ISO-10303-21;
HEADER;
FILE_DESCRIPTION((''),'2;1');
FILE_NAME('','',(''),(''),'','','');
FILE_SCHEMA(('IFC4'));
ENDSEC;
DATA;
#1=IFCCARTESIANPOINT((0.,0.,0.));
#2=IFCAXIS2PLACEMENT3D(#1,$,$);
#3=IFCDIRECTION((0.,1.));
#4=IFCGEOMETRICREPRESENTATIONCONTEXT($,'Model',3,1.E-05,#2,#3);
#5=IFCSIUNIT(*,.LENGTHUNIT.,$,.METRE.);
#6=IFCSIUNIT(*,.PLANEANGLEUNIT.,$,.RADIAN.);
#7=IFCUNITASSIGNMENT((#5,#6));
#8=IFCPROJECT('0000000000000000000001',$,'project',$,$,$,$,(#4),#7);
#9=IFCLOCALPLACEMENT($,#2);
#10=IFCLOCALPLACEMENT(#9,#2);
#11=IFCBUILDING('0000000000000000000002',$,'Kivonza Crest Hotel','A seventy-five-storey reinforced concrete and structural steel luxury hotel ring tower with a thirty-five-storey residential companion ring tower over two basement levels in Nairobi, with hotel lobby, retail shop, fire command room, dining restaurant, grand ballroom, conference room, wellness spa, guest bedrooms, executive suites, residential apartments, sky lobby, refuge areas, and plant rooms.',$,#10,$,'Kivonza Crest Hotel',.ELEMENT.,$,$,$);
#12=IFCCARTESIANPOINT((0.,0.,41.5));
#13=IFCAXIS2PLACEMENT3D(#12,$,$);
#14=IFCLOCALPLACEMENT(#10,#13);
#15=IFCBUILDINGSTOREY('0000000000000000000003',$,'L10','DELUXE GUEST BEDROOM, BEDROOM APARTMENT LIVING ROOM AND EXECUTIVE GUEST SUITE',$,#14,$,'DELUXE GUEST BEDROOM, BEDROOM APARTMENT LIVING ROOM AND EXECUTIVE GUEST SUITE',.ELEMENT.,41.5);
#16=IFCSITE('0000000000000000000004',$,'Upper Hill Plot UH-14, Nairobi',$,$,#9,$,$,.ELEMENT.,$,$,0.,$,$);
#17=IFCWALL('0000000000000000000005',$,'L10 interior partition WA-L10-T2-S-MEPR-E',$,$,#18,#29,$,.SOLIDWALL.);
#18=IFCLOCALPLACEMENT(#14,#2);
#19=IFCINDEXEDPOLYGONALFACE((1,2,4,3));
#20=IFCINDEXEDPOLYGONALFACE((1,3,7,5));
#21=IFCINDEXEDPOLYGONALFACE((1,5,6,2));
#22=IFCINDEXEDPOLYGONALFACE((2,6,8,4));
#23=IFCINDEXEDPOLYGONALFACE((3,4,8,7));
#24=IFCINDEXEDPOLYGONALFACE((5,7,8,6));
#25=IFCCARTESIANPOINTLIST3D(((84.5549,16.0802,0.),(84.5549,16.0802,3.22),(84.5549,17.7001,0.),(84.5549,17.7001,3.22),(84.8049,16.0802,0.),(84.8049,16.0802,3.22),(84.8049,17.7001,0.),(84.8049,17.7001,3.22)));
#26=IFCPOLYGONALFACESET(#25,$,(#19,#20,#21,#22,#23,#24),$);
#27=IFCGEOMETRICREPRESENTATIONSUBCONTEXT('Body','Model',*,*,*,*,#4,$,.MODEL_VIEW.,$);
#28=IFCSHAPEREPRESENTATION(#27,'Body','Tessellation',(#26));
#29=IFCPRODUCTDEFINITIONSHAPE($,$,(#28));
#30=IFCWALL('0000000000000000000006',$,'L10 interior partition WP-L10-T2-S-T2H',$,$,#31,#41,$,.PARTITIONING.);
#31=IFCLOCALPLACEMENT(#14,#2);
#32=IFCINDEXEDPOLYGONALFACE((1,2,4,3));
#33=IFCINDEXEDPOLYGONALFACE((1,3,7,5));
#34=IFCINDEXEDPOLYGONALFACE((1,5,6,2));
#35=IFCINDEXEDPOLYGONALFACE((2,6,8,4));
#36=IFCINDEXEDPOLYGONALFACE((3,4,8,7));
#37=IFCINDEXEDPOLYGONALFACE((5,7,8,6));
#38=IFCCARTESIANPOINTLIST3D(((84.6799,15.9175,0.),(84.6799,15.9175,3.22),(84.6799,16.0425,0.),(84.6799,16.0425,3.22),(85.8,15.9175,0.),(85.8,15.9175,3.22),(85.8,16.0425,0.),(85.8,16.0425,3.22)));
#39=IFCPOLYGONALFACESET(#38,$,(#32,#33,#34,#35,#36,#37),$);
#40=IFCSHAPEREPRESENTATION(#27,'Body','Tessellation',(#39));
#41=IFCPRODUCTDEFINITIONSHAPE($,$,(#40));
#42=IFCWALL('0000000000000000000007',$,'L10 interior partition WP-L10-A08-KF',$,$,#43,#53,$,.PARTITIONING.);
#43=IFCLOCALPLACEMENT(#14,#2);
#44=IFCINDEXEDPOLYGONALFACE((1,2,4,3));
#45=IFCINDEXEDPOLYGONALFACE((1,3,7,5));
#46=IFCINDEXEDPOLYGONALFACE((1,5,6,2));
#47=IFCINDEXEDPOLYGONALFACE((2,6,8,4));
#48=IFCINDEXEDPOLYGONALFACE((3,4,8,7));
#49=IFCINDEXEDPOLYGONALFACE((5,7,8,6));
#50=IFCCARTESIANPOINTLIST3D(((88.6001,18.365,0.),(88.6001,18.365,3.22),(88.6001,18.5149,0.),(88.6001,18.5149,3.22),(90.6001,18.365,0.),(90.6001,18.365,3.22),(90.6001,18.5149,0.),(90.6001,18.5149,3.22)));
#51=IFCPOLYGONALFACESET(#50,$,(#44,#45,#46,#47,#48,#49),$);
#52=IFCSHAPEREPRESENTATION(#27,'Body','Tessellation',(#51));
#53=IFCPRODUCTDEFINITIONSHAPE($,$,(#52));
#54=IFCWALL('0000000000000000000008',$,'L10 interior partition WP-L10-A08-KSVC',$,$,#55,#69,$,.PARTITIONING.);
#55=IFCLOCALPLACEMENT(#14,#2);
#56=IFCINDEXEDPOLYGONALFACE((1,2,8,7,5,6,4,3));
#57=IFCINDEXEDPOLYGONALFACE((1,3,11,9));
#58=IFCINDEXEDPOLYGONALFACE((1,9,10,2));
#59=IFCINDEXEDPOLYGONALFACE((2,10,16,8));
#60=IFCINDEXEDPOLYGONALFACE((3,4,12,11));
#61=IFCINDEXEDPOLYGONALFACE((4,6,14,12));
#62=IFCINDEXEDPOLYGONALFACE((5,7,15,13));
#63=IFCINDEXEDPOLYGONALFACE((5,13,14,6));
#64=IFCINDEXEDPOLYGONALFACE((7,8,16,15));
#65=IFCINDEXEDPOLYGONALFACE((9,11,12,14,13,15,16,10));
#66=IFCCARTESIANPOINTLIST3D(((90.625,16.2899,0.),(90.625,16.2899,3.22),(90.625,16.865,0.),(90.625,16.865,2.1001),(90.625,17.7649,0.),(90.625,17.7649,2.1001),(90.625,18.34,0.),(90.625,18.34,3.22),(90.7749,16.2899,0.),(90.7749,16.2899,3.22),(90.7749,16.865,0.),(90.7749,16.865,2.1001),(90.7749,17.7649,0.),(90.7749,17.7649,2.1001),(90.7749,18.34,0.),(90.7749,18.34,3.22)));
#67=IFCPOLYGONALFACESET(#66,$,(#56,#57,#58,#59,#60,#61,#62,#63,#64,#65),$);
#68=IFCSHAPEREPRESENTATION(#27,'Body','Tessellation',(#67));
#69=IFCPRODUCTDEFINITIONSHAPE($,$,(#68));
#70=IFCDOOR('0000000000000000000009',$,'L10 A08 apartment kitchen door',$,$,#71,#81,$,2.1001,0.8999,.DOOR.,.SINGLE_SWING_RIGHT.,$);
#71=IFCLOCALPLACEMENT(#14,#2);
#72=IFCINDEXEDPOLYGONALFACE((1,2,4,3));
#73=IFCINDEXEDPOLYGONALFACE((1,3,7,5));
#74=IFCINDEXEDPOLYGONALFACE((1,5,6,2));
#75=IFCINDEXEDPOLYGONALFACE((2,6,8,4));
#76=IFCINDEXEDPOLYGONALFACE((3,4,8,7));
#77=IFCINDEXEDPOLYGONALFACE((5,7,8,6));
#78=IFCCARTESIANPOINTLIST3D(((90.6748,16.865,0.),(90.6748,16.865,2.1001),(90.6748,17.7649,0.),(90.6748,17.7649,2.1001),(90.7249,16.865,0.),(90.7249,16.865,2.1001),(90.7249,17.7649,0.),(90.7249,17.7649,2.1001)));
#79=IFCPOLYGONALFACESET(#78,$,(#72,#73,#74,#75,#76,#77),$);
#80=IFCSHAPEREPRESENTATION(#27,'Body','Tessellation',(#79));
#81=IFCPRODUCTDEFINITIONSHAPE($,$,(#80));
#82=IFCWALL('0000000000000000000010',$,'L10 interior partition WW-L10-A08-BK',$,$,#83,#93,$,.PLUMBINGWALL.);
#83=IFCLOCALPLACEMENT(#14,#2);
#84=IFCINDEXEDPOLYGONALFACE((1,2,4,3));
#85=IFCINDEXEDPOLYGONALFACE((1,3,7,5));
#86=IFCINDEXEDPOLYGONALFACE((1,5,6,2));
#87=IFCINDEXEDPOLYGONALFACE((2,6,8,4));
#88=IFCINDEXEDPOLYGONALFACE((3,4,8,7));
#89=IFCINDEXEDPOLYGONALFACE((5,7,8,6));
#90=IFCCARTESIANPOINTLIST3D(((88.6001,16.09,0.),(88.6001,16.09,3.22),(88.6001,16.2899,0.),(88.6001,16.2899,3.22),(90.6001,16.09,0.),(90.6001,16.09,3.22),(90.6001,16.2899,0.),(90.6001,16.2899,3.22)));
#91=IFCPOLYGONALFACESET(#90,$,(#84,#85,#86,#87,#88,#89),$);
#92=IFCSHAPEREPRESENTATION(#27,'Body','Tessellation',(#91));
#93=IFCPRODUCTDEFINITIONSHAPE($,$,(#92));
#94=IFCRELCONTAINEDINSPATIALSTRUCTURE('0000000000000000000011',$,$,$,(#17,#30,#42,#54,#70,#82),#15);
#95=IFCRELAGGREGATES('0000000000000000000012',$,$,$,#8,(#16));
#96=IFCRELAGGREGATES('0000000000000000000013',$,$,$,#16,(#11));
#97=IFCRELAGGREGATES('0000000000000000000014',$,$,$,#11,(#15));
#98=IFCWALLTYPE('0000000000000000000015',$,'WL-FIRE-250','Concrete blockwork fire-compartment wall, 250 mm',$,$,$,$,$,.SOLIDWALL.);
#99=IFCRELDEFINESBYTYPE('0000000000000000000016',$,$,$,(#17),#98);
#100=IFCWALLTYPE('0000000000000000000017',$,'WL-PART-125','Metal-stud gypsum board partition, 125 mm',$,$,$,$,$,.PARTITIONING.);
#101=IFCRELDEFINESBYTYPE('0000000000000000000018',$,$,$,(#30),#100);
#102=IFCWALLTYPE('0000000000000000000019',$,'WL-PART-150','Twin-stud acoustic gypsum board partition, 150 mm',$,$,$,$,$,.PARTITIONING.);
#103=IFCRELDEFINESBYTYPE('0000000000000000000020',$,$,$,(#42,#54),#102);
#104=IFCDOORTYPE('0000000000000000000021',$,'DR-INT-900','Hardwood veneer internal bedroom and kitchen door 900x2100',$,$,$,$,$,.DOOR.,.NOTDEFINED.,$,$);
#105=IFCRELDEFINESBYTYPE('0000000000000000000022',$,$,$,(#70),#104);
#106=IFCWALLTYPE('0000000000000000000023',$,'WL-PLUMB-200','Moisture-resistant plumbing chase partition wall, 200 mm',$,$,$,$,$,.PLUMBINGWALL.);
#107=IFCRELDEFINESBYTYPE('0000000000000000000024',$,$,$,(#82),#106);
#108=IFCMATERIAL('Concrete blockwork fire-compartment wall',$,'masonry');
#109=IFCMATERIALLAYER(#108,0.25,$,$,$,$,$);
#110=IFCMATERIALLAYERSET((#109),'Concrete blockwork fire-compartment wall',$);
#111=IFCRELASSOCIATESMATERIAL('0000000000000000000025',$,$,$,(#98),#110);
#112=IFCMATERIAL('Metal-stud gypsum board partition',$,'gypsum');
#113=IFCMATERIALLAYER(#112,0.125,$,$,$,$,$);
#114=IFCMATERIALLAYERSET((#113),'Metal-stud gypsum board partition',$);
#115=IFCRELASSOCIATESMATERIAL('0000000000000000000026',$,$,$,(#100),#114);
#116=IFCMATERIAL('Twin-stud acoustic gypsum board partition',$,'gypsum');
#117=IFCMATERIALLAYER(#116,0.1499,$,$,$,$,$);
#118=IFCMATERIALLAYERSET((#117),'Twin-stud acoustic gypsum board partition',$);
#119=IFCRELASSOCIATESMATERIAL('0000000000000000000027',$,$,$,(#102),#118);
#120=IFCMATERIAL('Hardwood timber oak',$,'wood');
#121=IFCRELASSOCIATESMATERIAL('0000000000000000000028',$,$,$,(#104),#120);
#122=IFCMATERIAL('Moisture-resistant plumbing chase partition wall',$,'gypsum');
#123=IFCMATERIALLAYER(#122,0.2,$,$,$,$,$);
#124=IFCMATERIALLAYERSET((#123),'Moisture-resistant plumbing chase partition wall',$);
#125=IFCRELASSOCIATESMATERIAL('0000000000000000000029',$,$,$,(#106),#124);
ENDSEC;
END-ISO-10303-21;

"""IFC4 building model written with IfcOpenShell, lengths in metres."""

from ifc_helpers import new_model, si_unit, direction, frame, frame_2d, origin, place, context, subcontext, project, spatial, rectangle, extrude, material, layer, layer_set, type_object, element, fill, save


model = new_model("IFC4")

# Units and contexts
model_context = context("Model", 3, precision=1e-05, world=origin(), true_north=direction((0.0, 1.0)))
body_context = subcontext(model_context, "Body", "Model", "MODEL_VIEW")
ifc_project = project(units=[si_unit("LENGTHUNIT", "METRE"), si_unit("PLANEANGLEUNIT", "RADIAN")], contexts=[model_context])

# Site, building, storey
site_placement = place(None, origin())
site = spatial("IfcSite", under=ifc_project, at=site_placement, Name="Upper Hill Plot UH-14, Nairobi", CompositionType="ELEMENT", RefElevation=0.0)
building_placement = place(site_placement, origin())
building = spatial("IfcBuilding", under=site, at=building_placement, Name="Kivonza Crest Hotel", Description="A seventy-five-storey reinforced concrete and structural steel luxury hotel ring tower with a thirty-five-storey residential companion ring tower over two basement levels in Nairobi, with hotel lobby, retail shop, fire command room, dining restaurant, grand ballroom, conference room, wellness spa, guest bedrooms, executive suites, residential apartments, sky lobby, refuge areas, and plant rooms.", LongName="Kivonza Crest Hotel", CompositionType="ELEMENT")
storey_placement = place(building_placement, frame((0.0, 0.0, 41.5)))
storey = spatial("IfcBuildingStorey", under=building, at=storey_placement, Name="L10", Description="DELUXE GUEST BEDROOM, BEDROOM APARTMENT LIVING ROOM AND EXECUTIVE GUEST SUITE", LongName="DELUXE GUEST BEDROOM, BEDROOM APARTMENT LIVING ROOM AND EXECUTIVE GUEST SUITE", CompositionType="ELEMENT", Elevation=41.5)

# Shared definitions
ifc_material_1 = material(Name="Hardwood timber oak", Category="wood")

# Walls
ifc_material_2 = material(Name="Concrete blockwork fire-compartment wall", Category="masonry")
ifc_layer_1 = layer(ifc_material_2, 0.25)
ifc_layer_set_1 = layer_set([ifc_layer_1], Name="Concrete blockwork fire-compartment wall")
wall_type_1 = type_object("IfcWallType", Name="WL-FIRE-250", Description="Concrete blockwork fire-compartment wall, 250 mm", PredefinedType="SOLIDWALL", material=ifc_layer_set_1)
wall_1_placement = place(storey_placement, frame((84.6799, 16.0801, 0.0), z_axis=(0.0, 0.0, 1.0), x_axis=(0.0, 1.0, 0.0)))
element("IfcWall", 1, at=wall_1_placement, inside=storey, type_object=wall_type_1, Name="L10 interior partition WA-L10-T2-S-MEPR-E", PredefinedType="SOLIDWALL", context=body_context, shape_type="SweptSolid", body=[
    extrude(rectangle(XDim=1.6199, YDim=0.25, at=frame_2d((0.8101, 0.0))), origin(), (0.0, 0.0, 1.0), 3.22),
])
ifc_material_3 = material(Name="Metal-stud gypsum board partition", Category="gypsum")
ifc_layer_2 = layer(ifc_material_3, 0.125)
ifc_layer_set_2 = layer_set([ifc_layer_2], Name="Metal-stud gypsum board partition")
wall_type_2 = type_object("IfcWallType", Name="WL-PART-125", Description="Metal-stud gypsum board partition, 125 mm", PredefinedType="PARTITIONING", material=ifc_layer_set_2)
wall_2_placement = place(storey_placement, frame((84.6799, 15.98, 0.0), z_axis=(0.0, 0.0, 1.0), x_axis=(1.0, 0.0, 0.0)))
element("IfcWall", 2, at=wall_2_placement, inside=storey, type_object=wall_type_2, Name="L10 interior partition WP-L10-T2-S-T2H", PredefinedType="PARTITIONING", context=body_context, shape_type="SweptSolid", body=[
    extrude(rectangle(XDim=1.1201, YDim=0.125, at=frame_2d((0.5601, 0.0))), origin(), (0.0, 0.0, 1.0), 3.22),
])
ifc_material_4 = material(Name="Twin-stud acoustic gypsum board partition", Category="gypsum")
ifc_layer_3 = layer(ifc_material_4, 0.1499)
ifc_layer_set_3 = layer_set([ifc_layer_3], Name="Twin-stud acoustic gypsum board partition")
wall_type_3 = type_object("IfcWallType", Name="WL-PART-150", Description="Twin-stud acoustic gypsum board partition, 150 mm", PredefinedType="PARTITIONING", material=ifc_layer_set_3)
wall_3_placement = place(storey_placement, frame((88.6001, 18.4399, 0.0), z_axis=(0.0, 0.0, 1.0), x_axis=(1.0, 0.0, 0.0)))
element("IfcWall", 3, at=wall_3_placement, inside=storey, type_object=wall_type_3, Name="L10 interior partition WP-L10-A08-KF", PredefinedType="PARTITIONING", context=body_context, shape_type="SweptSolid", body=[
    extrude(rectangle(XDim=2.0, YDim=0.1499, at=frame_2d((1.0, 0.0))), origin(), (0.0, 0.0, 1.0), 3.22),
])

# Wall, opening, door
wall_4_placement = place(storey_placement, frame((90.7, 16.29, 0.0), z_axis=(0.0, 0.0, 1.0), x_axis=(0.0, 1.0, 0.0)))
wall_4 = element("IfcWall", 4, at=wall_4_placement, inside=storey, type_object=wall_type_3, Name="L10 interior partition WP-L10-A08-KSVC", PredefinedType="PARTITIONING", context=body_context, shape_type="SweptSolid", body=[
    extrude(rectangle(XDim=2.05, YDim=0.1499, at=frame_2d((1.0249, 0.0))), origin(), (0.0, 0.0, 1.0), 3.22),
])
opening_1_placement = place(wall_4_placement, frame((0.575, 0.0, 0.0)))
opening_1 = element("IfcOpeningElement", 5, at=opening_1_placement, cuts=wall_4, PredefinedType="OPENING", context=body_context, shape_type="SweptSolid", body=[
    extrude(rectangle(XDim=0.8999, YDim=2.1001, at=frame_2d((0.45, 1.05))), frame((0.0, 0.085, 0.0), z_axis=(0.0, -1.0, 0.0), x_axis=(1.0, 0.0, 0.0)), (0.0, 0.0, 1.0), 0.1699),
])
door_type_1 = type_object("IfcDoorType", Name="DR-INT-900", Description="Hardwood veneer internal bedroom and kitchen door 900x2100", OperationType="NOTDEFINED", PredefinedType="DOOR", material=ifc_material_1)
door_1_placement = place(opening_1_placement, frame((0.8999, 0.0, 0.0), z_axis=(0.0, 0.0, 1.0), x_axis=(-1.0, 0.0, 0.0)))
door_1 = element("IfcDoor", 6, at=door_1_placement, inside=storey, type_object=door_type_1, Name="L10 A08 apartment kitchen door", OperationType="SINGLE_SWING_RIGHT", OverallHeight=2.1001, OverallWidth=0.8999, PredefinedType="DOOR", context=body_context, shape_type="SweptSolid", body=[
    extrude(rectangle(XDim=0.8999, YDim=2.1001, at=frame_2d((0.45, 1.05))), frame((0.0, 0.0249, 0.0), z_axis=(0.0, -1.0, 0.0), x_axis=(1.0, 0.0, 0.0)), (0.0, 0.0, 1.0), 0.05),
])
fill(opening_1, door_1)

# Wall
ifc_material_5 = material(Name="Moisture-resistant plumbing chase partition wall", Category="gypsum")
ifc_layer_4 = layer(ifc_material_5, 0.2)
ifc_layer_set_4 = layer_set([ifc_layer_4], Name="Moisture-resistant plumbing chase partition wall")
wall_type_4 = type_object("IfcWallType", Name="WL-PLUMB-200", Description="Moisture-resistant plumbing chase partition wall, 200 mm", PredefinedType="PLUMBINGWALL", material=ifc_layer_set_4)
wall_5_placement = place(storey_placement, frame((88.6001, 16.1899, 0.0), z_axis=(0.0, 0.0, 1.0), x_axis=(1.0, 0.0, 0.0)))
element("IfcWall", 7, at=wall_5_placement, inside=storey, type_object=wall_type_4, Name="L10 interior partition WW-L10-A08-BK", PredefinedType="PLUMBINGWALL", context=body_context, shape_type="SweptSolid", body=[
    extrude(rectangle(XDim=2.0, YDim=0.2, at=frame_2d((1.0, 0.0))), origin(), (0.0, 0.0, 1.0), 3.22),
])

save(model, "model.ifc")
